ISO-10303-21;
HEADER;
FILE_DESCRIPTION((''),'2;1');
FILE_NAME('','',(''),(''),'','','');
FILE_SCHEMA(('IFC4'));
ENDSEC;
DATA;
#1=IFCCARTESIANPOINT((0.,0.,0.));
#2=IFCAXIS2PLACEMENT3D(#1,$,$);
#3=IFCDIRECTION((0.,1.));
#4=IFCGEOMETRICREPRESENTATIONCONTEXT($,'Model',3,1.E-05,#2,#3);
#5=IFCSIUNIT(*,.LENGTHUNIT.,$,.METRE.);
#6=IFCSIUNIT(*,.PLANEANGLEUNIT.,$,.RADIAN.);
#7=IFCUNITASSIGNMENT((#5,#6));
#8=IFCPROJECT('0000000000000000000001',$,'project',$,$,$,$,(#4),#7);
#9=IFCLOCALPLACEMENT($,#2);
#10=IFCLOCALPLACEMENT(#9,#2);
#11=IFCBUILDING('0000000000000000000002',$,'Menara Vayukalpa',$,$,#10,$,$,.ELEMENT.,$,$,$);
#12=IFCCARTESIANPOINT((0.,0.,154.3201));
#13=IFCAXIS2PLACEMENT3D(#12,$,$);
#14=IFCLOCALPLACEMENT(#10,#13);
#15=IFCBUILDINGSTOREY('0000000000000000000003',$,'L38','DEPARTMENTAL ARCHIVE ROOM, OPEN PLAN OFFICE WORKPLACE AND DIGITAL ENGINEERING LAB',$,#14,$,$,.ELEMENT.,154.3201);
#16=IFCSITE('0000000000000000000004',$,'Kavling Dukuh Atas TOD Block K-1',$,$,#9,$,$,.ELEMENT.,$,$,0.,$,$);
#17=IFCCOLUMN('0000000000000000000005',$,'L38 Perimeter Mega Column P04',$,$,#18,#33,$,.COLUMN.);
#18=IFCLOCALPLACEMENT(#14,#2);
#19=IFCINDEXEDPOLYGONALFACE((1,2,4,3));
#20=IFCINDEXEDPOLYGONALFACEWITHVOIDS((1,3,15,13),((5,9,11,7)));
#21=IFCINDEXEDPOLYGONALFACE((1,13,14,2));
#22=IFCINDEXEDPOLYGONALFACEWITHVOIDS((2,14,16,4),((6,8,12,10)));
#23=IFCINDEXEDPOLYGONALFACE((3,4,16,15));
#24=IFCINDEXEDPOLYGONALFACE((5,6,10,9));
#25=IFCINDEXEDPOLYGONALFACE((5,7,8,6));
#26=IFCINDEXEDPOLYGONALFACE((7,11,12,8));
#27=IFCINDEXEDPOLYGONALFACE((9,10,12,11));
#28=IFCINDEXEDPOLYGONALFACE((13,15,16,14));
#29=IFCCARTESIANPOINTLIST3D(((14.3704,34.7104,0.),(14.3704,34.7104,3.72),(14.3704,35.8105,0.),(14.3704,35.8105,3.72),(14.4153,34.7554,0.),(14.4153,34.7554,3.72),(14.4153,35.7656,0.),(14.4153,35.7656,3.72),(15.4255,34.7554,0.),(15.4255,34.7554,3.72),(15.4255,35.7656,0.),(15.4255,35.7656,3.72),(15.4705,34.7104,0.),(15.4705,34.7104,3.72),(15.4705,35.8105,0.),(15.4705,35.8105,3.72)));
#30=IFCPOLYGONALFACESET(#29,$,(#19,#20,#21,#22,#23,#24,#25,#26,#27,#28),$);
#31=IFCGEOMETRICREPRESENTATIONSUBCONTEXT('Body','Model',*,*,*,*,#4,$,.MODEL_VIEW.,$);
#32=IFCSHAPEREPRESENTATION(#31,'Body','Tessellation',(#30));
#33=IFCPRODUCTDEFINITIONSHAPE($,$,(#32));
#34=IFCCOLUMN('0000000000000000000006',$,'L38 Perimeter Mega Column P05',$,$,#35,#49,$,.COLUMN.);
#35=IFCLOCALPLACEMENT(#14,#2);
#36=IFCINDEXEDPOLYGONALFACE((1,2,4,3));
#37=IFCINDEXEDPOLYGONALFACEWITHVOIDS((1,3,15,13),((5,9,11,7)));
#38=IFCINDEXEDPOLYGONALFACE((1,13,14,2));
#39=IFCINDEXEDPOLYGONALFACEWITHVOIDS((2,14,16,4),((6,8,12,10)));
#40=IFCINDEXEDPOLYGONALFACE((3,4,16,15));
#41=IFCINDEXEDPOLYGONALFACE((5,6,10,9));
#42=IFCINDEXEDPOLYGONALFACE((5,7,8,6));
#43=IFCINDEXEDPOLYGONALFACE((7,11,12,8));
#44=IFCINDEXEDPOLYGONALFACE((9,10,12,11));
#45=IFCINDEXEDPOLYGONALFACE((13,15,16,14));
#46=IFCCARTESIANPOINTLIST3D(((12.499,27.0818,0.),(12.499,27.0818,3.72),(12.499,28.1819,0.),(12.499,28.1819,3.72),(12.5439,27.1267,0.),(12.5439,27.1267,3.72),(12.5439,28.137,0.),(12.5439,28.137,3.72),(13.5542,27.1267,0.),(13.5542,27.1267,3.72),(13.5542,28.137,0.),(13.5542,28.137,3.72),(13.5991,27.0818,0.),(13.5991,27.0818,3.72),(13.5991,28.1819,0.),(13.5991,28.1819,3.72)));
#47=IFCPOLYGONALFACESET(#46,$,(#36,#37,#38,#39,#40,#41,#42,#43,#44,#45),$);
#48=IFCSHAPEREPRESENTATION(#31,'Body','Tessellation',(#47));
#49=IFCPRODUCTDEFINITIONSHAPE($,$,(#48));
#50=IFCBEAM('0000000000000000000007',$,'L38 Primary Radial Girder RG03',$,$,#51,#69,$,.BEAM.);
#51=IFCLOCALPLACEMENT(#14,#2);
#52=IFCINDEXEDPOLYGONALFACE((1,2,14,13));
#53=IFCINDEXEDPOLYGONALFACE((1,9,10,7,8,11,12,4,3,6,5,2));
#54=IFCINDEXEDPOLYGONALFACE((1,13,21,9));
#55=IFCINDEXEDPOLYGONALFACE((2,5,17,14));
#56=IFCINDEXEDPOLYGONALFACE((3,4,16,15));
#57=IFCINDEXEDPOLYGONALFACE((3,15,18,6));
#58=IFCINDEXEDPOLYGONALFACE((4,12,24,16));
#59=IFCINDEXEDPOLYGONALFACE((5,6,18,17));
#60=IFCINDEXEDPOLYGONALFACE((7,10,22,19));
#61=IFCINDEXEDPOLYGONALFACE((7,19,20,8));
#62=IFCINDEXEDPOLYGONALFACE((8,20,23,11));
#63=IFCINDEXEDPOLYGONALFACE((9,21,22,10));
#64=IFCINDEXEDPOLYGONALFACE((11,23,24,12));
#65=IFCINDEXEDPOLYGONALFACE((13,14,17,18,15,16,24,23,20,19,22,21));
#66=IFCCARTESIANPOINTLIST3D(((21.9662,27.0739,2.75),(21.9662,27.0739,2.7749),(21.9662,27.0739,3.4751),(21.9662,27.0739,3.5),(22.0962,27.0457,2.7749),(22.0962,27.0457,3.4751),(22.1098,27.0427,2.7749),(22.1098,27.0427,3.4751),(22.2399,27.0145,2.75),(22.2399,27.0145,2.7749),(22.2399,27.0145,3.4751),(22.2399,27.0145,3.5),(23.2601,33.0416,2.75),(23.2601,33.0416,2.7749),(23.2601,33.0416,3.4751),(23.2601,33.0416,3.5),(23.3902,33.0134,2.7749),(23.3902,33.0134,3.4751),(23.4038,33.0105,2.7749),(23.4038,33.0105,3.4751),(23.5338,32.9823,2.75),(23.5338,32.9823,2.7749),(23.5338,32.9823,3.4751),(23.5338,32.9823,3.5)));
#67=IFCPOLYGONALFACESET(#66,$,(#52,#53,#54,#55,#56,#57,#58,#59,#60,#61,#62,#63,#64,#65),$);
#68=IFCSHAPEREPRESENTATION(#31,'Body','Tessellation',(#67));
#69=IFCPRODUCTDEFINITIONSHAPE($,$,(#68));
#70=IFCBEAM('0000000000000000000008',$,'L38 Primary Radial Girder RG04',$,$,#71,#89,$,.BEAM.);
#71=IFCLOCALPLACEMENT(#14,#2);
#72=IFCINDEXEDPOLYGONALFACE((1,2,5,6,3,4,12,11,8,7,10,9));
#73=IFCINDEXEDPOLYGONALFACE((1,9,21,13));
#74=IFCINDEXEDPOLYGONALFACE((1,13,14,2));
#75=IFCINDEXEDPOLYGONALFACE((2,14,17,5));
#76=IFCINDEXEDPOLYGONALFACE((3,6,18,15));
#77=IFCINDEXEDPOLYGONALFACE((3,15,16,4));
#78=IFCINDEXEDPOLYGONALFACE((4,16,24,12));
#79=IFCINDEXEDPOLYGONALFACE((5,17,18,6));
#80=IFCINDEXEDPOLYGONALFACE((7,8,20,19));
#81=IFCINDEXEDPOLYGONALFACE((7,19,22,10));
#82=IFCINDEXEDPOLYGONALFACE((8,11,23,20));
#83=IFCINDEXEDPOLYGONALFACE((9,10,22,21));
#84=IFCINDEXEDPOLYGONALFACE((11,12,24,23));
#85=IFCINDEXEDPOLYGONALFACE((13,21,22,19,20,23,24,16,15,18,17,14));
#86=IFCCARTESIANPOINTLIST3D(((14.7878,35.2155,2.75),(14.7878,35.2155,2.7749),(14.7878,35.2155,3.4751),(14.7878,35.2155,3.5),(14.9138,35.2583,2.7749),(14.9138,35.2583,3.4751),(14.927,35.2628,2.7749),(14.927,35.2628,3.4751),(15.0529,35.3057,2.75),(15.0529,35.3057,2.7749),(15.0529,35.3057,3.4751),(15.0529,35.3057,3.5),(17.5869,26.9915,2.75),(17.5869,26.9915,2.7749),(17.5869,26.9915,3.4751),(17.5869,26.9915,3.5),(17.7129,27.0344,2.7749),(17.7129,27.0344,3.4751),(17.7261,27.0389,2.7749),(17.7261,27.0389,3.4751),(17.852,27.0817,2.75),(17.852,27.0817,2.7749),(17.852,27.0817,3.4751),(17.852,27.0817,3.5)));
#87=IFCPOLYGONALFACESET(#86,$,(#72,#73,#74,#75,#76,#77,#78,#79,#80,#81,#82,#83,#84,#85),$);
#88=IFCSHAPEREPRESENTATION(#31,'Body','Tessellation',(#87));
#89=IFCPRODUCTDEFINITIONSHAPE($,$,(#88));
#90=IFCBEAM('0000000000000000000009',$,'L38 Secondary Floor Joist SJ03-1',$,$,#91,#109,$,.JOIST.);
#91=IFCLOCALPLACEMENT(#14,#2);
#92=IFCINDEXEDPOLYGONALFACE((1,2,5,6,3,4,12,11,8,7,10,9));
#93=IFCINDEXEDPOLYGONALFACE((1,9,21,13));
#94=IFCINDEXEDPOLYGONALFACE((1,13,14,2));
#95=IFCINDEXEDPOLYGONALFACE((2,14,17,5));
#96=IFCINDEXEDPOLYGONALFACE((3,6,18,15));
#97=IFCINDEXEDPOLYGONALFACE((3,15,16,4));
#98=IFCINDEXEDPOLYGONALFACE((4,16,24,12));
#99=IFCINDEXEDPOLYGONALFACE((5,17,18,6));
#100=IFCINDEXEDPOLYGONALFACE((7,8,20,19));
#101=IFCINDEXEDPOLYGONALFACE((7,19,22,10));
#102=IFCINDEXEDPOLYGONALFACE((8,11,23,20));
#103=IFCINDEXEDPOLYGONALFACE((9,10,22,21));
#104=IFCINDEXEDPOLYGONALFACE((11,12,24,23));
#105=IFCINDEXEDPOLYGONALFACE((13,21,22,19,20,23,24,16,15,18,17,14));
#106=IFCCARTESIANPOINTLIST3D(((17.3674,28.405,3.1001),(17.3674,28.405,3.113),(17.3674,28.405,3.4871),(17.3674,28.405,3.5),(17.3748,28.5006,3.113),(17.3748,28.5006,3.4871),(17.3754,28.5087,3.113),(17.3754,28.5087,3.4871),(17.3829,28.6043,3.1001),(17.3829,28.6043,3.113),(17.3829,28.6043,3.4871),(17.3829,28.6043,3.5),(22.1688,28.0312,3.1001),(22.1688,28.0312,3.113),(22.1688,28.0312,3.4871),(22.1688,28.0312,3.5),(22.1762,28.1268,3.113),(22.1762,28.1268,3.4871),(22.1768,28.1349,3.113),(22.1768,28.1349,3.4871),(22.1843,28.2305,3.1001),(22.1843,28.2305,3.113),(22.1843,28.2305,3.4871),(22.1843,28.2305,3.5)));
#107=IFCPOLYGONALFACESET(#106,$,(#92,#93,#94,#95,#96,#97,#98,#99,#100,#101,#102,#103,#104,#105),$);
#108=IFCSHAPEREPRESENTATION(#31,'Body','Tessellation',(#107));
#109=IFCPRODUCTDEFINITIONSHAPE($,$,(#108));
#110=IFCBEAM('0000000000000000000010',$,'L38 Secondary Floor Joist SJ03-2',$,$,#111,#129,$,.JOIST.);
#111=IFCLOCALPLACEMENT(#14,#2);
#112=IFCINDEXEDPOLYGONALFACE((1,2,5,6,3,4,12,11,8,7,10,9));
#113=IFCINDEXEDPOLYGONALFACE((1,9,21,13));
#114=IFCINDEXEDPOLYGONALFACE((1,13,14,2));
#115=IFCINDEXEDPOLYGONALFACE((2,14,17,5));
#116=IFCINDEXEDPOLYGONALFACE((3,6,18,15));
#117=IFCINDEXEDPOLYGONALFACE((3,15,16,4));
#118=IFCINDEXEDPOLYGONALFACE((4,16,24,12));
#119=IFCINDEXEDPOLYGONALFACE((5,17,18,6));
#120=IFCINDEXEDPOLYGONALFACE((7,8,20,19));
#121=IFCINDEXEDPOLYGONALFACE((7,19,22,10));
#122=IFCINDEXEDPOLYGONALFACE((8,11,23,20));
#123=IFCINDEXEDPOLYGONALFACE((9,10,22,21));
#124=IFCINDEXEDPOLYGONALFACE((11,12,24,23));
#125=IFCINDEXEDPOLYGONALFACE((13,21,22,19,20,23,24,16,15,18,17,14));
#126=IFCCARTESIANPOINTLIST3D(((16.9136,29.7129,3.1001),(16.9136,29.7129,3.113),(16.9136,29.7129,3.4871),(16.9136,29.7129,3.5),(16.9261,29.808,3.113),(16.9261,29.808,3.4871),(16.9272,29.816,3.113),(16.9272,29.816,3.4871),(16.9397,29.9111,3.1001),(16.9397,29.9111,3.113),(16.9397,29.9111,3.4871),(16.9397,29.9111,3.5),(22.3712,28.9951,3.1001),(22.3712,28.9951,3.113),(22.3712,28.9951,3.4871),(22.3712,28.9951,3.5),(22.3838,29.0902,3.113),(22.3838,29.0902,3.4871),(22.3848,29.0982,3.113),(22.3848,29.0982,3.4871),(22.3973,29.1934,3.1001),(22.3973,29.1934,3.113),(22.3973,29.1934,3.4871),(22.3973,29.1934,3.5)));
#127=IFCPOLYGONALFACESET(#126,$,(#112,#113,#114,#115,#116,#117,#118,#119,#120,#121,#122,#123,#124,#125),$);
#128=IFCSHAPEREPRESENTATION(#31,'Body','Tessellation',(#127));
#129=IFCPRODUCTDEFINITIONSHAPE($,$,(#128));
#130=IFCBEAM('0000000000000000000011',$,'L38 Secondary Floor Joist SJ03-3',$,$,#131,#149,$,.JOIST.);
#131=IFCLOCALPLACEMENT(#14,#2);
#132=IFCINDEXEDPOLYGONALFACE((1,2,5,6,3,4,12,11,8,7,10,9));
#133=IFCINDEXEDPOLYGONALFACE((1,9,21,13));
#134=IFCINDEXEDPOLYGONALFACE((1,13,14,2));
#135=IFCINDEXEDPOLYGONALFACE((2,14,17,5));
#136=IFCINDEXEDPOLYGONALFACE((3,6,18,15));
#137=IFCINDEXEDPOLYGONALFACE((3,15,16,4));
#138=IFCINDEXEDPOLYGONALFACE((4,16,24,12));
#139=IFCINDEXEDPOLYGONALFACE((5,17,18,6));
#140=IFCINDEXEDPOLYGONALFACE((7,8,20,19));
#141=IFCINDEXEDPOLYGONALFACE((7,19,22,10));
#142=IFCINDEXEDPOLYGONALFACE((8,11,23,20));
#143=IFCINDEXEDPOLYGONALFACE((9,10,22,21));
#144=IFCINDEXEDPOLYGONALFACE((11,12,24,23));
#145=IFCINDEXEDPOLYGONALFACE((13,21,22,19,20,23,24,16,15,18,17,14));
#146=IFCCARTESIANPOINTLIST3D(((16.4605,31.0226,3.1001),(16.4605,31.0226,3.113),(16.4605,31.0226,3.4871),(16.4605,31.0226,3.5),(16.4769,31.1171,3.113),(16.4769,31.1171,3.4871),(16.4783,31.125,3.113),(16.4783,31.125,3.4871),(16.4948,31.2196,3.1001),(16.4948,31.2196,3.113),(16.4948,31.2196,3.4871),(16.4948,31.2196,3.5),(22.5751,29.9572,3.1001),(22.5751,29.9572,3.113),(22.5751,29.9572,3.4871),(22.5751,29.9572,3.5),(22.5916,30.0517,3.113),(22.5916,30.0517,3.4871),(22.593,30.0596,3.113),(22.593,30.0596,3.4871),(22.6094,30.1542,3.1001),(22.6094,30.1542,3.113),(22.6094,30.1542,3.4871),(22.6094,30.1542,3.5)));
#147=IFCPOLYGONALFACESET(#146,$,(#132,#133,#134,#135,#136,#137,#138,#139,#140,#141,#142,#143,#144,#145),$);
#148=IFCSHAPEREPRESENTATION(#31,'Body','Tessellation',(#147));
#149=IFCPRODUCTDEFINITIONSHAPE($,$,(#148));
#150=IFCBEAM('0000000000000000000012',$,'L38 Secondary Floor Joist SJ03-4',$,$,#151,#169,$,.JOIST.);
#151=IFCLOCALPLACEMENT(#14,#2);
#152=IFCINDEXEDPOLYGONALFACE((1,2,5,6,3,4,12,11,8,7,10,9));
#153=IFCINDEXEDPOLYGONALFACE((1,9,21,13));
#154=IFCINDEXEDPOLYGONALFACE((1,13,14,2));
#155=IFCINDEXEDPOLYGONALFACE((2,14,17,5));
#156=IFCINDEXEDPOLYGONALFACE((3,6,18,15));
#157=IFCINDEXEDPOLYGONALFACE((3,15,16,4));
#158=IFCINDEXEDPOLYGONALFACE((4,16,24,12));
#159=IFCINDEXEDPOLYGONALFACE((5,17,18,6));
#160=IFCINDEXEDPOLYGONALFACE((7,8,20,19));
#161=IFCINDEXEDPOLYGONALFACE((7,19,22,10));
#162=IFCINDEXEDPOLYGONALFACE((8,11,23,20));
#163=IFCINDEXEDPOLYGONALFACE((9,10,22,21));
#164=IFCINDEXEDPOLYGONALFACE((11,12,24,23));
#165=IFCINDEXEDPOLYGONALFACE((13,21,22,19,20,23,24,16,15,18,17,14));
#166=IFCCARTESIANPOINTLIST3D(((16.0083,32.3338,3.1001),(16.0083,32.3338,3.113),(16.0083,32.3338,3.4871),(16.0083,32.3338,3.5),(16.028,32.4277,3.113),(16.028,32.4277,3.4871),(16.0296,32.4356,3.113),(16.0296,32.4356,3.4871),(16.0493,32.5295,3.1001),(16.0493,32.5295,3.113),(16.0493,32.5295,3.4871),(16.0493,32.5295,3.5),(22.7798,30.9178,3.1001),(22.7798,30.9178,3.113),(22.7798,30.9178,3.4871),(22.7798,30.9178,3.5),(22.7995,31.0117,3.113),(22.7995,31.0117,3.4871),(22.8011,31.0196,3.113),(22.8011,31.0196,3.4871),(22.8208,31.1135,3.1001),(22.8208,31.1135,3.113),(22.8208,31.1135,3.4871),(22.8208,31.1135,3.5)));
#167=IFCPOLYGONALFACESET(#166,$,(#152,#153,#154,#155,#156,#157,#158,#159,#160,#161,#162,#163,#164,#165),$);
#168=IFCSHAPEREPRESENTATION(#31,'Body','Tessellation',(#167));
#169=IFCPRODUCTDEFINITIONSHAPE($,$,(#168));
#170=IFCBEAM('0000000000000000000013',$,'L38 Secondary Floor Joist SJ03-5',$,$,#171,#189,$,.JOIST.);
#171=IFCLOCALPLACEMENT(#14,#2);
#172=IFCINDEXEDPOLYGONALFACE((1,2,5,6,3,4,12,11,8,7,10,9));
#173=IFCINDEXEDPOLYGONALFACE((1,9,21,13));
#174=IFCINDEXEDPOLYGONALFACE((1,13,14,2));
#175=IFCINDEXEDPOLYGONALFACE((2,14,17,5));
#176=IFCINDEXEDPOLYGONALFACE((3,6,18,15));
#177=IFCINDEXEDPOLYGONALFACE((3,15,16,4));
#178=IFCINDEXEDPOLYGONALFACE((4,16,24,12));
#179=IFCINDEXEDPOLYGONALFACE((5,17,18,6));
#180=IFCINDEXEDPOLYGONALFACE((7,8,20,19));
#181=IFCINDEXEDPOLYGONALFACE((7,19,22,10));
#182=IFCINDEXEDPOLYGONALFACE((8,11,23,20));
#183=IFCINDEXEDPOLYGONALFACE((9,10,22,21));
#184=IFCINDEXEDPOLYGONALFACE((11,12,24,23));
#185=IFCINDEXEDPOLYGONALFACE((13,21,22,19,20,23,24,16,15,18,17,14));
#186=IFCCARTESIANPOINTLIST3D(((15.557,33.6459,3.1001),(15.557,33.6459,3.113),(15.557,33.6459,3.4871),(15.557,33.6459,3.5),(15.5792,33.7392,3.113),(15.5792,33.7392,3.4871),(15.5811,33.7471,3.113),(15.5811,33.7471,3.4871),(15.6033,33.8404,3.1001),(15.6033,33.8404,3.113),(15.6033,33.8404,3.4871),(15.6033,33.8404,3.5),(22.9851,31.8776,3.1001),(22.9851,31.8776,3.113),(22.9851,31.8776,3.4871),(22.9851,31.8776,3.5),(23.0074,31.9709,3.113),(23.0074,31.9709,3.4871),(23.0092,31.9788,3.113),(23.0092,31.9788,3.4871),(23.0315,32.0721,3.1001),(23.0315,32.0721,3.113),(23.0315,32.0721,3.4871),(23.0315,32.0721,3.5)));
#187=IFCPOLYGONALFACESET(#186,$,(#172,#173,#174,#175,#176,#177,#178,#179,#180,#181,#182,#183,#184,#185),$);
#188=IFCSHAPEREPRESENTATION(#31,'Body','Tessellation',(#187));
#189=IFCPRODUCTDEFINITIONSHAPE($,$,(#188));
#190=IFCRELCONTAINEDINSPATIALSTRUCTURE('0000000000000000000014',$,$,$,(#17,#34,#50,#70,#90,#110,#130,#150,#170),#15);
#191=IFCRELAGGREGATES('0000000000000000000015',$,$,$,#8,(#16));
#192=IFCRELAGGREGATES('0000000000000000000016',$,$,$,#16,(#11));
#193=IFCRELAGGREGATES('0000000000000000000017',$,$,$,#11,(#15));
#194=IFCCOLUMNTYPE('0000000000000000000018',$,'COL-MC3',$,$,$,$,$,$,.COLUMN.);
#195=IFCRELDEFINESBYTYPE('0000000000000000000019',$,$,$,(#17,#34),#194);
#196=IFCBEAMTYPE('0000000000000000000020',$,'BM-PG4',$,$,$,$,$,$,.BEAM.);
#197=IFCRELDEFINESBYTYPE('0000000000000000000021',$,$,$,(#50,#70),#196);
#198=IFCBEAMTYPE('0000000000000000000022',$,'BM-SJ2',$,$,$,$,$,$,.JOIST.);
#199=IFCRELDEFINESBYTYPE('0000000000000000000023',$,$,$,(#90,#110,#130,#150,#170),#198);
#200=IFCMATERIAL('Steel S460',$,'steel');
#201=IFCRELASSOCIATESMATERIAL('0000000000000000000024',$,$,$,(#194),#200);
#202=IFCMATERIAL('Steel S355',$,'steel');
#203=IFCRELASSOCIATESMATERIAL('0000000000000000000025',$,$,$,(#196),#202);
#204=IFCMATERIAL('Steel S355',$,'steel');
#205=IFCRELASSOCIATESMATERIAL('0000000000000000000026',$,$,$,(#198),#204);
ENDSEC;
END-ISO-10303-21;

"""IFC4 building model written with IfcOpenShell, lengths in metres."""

from ifc_helpers import new_model, si_unit, direction, frame, origin, origin_2d, place, context, subcontext, project, spatial, hollow_rectangle, i_section, extrude, material, material_profile, profile_set, type_object, element, save


model = new_model("IFC4")

# Units and contexts
model_context = context("Model", 3, precision=1e-05, world=origin(), true_north=direction((0.0, 1.0)))
body_context = subcontext(model_context, "Body", "Model", "MODEL_VIEW")
ifc_project = project(units=[si_unit("LENGTHUNIT", "METRE"), si_unit("PLANEANGLEUNIT", "RADIAN")], contexts=[model_context])

# Site, building, storey
site_placement = place(None, origin())
site = spatial("IfcSite", under=ifc_project, at=site_placement, Name="Kavling Dukuh Atas TOD Block K-1", CompositionType="ELEMENT", RefElevation=0.0)
building_placement = place(site_placement, origin())
building = spatial("IfcBuilding", under=site, at=building_placement, Name="Menara Vayukalpa", CompositionType="ELEMENT")
storey_placement = place(building_placement, frame((0.0, 0.0, 154.3201)))
storey = spatial("IfcBuildingStorey", under=building, at=storey_placement, Name="L38", Description="DEPARTMENTAL ARCHIVE ROOM, OPEN PLAN OFFICE WORKPLACE AND DIGITAL ENGINEERING LAB", CompositionType="ELEMENT", Elevation=154.3201)

# Columns
ifc_material_1 = material(Name="Steel S460", Category="steel")
ifc_material_profile_1 = material_profile(ifc_material_1, hollow_rectangle(XDim=1.1001, YDim=1.1001, WallThickness=0.0449, at=origin_2d()), Name="BOX 1100x1100x45")
ifc_profile_set_1 = profile_set([ifc_material_profile_1], Name="Steel S460")
column_type = type_object("IfcColumnType", Name="COL-MC3", PredefinedType="COLUMN", material=ifc_profile_set_1)
for number, where, z_axis, x_axis, name in (
    (1, (14.9204, 35.2605, 0.0), (0.0, 0.0, 1.0), (1.0, 0.0, 0.0), "L38 Perimeter Mega Column P04"),
    (2, (13.0491, 27.6318, 0.0), (0.0, 0.0, 1.0), (1.0, 0.0, 0.0), "L38 Perimeter Mega Column P05"),
):
    element("IfcColumn", number, at=place(storey_placement, frame(where, z_axis=z_axis, x_axis=x_axis)), inside=storey, type_object=column_type, Name=name, PredefinedType="COLUMN", context=body_context, shape_type="SweptSolid", body=[
        extrude(hollow_rectangle(XDim=1.1001, YDim=1.1001, WallThickness=0.0449, at=origin_2d()), origin(), (0.0, 0.0, 1.0), 3.72),
    ])

# Beams
ifc_material_2 = material(Name="Steel S355", Category="steel")
ifc_material_profile_2 = material_profile(ifc_material_2, i_section(OverallWidth=0.28, OverallDepth=0.75, WebThickness=0.0139, FlangeThickness=0.0249, at=origin_2d()), Name="WF 750x280x14x25")
ifc_profile_set_2 = profile_set([ifc_material_profile_2], Name="Steel S355")
beam_type_1 = type_object("IfcBeamType", Name="BM-PG4", PredefinedType="BEAM", material=ifc_profile_set_2)
beam_1_placement = place(storey_placement, frame((22.103, 27.0442, 3.125), z_axis=(0.211898, 0.977292, 0.0), x_axis=(-0.977292, 0.211898, 0.0)))
element("IfcBeam", 3, at=beam_1_placement, inside=storey, type_object=beam_type_1, Name="L38 Primary Radial Girder RG03", PredefinedType="BEAM", context=body_context, shape_type="SweptSolid", body=[
    extrude(i_section(OverallWidth=0.28, OverallDepth=0.75, WebThickness=0.0139, FlangeThickness=0.0249, at=origin_2d()), origin(), (0.0, 0.0, 1.0), 6.1064),
])
beam_2_placement = place(storey_placement, frame((17.7195, 27.0366, 3.125), z_axis=(-0.322208, 0.946669, 0.0), x_axis=(-0.946669, -0.322208, 0.0)))
element("IfcBeam", 4, at=beam_2_placement, inside=storey, type_object=beam_type_1, Name="L38 Primary Radial Girder RG04", PredefinedType="BEAM", context=body_context, shape_type="SweptSolid", body=[
    extrude(i_section(OverallWidth=0.28, OverallDepth=0.75, WebThickness=0.0139, FlangeThickness=0.0249, at=origin_2d()), origin(), (0.0, 0.0, 1.0), 8.6873),
])
ifc_material_3 = material(Name="Steel S355", Category="steel")
ifc_material_profile_3 = material_profile(ifc_material_3, i_section(OverallWidth=0.2, OverallDepth=0.3999, WebThickness=0.0081, FlangeThickness=0.0129, at=origin_2d()), Name="WF 400x200x8x13")
ifc_profile_set_3 = profile_set([ifc_material_profile_3], Name="Steel S355")
beam_type_2 = type_object("IfcBeamType", Name="BM-SJ2", PredefinedType="JOIST", material=ifc_profile_set_3)
beam_3_placement = place(storey_placement, frame((22.1765, 28.1309, 3.3), z_axis=(-0.996983, 0.077615, 0.0), x_axis=(-0.077615, -0.996983, 0.0)))
element("IfcBeam", 5, at=beam_3_placement, inside=storey, type_object=beam_type_2, Name="L38 Secondary Floor Joist SJ03-1", PredefinedType="JOIST", context=body_context, shape_type="SweptSolid", body=[
    extrude(i_section(OverallWidth=0.2, OverallDepth=0.3999, WebThickness=0.0081, FlangeThickness=0.0129, at=origin_2d()), origin(), (0.0, 0.0, 1.0), 4.8159),
])
beam_4_placement = place(storey_placement, frame((22.3843, 29.0942, 3.3), z_axis=(-0.991463, 0.130391, 0.0), x_axis=(-0.130391, -0.991463, 0.0)))
element("IfcBeam", 6, at=beam_4_placement, inside=storey, type_object=beam_type_2, Name="L38 Secondary Floor Joist SJ03-2", PredefinedType="JOIST", context=body_context, shape_type="SweptSolid", body=[
    extrude(i_section(OverallWidth=0.2, OverallDepth=0.3999, WebThickness=0.0081, FlangeThickness=0.0129, at=origin_2d()), origin(), (0.0, 0.0, 1.0), 5.5046),
])
beam_5_placement = place(storey_placement, frame((22.5923, 30.0557, 3.3), z_axis=(-0.985157, 0.171653, 0.0), x_axis=(-0.171653, -0.985157, 0.0)))
element("IfcBeam", 7, at=beam_5_placement, inside=storey, type_object=beam_type_2, Name="L38 Secondary Floor Joist SJ03-3", PredefinedType="JOIST", context=body_context, shape_type="SweptSolid", body=[
    extrude(i_section(OverallWidth=0.2, OverallDepth=0.3999, WebThickness=0.0081, FlangeThickness=0.0129, at=origin_2d()), origin(), (0.0, 0.0, 1.0), 6.2068),
])
beam_6_placement = place(storey_placement, frame((22.8003, 31.0156, 3.3), z_axis=(-0.978827, 0.204687, 0.0), x_axis=(-0.204687, -0.978827, 0.0)))
element("IfcBeam", 8, at=beam_6_placement, inside=storey, type_object=beam_type_2, Name="L38 Secondary Floor Joist SJ03-4", PredefinedType="JOIST", context=body_context, shape_type="SweptSolid", body=[
    extrude(i_section(OverallWidth=0.2, OverallDepth=0.3999, WebThickness=0.0081, FlangeThickness=0.0129, at=origin_2d()), origin(), (0.0, 0.0, 1.0), 6.918),
])
beam_7_placement = place(storey_placement, frame((23.0083, 31.9749, 3.3), z_axis=(-0.972815, 0.231582, 0.0), x_axis=(-0.231582, -0.972815, 0.0)))
element("IfcBeam", 9, at=beam_7_placement, inside=storey, type_object=beam_type_2, Name="L38 Secondary Floor Joist SJ03-5", PredefinedType="JOIST", context=body_context, shape_type="SweptSolid", body=[
    extrude(i_section(OverallWidth=0.2, OverallDepth=0.3999, WebThickness=0.0081, FlangeThickness=0.0129, at=origin_2d()), origin(), (0.0, 0.0, 1.0), 7.6357),
])

save(model, "model.ifc")
